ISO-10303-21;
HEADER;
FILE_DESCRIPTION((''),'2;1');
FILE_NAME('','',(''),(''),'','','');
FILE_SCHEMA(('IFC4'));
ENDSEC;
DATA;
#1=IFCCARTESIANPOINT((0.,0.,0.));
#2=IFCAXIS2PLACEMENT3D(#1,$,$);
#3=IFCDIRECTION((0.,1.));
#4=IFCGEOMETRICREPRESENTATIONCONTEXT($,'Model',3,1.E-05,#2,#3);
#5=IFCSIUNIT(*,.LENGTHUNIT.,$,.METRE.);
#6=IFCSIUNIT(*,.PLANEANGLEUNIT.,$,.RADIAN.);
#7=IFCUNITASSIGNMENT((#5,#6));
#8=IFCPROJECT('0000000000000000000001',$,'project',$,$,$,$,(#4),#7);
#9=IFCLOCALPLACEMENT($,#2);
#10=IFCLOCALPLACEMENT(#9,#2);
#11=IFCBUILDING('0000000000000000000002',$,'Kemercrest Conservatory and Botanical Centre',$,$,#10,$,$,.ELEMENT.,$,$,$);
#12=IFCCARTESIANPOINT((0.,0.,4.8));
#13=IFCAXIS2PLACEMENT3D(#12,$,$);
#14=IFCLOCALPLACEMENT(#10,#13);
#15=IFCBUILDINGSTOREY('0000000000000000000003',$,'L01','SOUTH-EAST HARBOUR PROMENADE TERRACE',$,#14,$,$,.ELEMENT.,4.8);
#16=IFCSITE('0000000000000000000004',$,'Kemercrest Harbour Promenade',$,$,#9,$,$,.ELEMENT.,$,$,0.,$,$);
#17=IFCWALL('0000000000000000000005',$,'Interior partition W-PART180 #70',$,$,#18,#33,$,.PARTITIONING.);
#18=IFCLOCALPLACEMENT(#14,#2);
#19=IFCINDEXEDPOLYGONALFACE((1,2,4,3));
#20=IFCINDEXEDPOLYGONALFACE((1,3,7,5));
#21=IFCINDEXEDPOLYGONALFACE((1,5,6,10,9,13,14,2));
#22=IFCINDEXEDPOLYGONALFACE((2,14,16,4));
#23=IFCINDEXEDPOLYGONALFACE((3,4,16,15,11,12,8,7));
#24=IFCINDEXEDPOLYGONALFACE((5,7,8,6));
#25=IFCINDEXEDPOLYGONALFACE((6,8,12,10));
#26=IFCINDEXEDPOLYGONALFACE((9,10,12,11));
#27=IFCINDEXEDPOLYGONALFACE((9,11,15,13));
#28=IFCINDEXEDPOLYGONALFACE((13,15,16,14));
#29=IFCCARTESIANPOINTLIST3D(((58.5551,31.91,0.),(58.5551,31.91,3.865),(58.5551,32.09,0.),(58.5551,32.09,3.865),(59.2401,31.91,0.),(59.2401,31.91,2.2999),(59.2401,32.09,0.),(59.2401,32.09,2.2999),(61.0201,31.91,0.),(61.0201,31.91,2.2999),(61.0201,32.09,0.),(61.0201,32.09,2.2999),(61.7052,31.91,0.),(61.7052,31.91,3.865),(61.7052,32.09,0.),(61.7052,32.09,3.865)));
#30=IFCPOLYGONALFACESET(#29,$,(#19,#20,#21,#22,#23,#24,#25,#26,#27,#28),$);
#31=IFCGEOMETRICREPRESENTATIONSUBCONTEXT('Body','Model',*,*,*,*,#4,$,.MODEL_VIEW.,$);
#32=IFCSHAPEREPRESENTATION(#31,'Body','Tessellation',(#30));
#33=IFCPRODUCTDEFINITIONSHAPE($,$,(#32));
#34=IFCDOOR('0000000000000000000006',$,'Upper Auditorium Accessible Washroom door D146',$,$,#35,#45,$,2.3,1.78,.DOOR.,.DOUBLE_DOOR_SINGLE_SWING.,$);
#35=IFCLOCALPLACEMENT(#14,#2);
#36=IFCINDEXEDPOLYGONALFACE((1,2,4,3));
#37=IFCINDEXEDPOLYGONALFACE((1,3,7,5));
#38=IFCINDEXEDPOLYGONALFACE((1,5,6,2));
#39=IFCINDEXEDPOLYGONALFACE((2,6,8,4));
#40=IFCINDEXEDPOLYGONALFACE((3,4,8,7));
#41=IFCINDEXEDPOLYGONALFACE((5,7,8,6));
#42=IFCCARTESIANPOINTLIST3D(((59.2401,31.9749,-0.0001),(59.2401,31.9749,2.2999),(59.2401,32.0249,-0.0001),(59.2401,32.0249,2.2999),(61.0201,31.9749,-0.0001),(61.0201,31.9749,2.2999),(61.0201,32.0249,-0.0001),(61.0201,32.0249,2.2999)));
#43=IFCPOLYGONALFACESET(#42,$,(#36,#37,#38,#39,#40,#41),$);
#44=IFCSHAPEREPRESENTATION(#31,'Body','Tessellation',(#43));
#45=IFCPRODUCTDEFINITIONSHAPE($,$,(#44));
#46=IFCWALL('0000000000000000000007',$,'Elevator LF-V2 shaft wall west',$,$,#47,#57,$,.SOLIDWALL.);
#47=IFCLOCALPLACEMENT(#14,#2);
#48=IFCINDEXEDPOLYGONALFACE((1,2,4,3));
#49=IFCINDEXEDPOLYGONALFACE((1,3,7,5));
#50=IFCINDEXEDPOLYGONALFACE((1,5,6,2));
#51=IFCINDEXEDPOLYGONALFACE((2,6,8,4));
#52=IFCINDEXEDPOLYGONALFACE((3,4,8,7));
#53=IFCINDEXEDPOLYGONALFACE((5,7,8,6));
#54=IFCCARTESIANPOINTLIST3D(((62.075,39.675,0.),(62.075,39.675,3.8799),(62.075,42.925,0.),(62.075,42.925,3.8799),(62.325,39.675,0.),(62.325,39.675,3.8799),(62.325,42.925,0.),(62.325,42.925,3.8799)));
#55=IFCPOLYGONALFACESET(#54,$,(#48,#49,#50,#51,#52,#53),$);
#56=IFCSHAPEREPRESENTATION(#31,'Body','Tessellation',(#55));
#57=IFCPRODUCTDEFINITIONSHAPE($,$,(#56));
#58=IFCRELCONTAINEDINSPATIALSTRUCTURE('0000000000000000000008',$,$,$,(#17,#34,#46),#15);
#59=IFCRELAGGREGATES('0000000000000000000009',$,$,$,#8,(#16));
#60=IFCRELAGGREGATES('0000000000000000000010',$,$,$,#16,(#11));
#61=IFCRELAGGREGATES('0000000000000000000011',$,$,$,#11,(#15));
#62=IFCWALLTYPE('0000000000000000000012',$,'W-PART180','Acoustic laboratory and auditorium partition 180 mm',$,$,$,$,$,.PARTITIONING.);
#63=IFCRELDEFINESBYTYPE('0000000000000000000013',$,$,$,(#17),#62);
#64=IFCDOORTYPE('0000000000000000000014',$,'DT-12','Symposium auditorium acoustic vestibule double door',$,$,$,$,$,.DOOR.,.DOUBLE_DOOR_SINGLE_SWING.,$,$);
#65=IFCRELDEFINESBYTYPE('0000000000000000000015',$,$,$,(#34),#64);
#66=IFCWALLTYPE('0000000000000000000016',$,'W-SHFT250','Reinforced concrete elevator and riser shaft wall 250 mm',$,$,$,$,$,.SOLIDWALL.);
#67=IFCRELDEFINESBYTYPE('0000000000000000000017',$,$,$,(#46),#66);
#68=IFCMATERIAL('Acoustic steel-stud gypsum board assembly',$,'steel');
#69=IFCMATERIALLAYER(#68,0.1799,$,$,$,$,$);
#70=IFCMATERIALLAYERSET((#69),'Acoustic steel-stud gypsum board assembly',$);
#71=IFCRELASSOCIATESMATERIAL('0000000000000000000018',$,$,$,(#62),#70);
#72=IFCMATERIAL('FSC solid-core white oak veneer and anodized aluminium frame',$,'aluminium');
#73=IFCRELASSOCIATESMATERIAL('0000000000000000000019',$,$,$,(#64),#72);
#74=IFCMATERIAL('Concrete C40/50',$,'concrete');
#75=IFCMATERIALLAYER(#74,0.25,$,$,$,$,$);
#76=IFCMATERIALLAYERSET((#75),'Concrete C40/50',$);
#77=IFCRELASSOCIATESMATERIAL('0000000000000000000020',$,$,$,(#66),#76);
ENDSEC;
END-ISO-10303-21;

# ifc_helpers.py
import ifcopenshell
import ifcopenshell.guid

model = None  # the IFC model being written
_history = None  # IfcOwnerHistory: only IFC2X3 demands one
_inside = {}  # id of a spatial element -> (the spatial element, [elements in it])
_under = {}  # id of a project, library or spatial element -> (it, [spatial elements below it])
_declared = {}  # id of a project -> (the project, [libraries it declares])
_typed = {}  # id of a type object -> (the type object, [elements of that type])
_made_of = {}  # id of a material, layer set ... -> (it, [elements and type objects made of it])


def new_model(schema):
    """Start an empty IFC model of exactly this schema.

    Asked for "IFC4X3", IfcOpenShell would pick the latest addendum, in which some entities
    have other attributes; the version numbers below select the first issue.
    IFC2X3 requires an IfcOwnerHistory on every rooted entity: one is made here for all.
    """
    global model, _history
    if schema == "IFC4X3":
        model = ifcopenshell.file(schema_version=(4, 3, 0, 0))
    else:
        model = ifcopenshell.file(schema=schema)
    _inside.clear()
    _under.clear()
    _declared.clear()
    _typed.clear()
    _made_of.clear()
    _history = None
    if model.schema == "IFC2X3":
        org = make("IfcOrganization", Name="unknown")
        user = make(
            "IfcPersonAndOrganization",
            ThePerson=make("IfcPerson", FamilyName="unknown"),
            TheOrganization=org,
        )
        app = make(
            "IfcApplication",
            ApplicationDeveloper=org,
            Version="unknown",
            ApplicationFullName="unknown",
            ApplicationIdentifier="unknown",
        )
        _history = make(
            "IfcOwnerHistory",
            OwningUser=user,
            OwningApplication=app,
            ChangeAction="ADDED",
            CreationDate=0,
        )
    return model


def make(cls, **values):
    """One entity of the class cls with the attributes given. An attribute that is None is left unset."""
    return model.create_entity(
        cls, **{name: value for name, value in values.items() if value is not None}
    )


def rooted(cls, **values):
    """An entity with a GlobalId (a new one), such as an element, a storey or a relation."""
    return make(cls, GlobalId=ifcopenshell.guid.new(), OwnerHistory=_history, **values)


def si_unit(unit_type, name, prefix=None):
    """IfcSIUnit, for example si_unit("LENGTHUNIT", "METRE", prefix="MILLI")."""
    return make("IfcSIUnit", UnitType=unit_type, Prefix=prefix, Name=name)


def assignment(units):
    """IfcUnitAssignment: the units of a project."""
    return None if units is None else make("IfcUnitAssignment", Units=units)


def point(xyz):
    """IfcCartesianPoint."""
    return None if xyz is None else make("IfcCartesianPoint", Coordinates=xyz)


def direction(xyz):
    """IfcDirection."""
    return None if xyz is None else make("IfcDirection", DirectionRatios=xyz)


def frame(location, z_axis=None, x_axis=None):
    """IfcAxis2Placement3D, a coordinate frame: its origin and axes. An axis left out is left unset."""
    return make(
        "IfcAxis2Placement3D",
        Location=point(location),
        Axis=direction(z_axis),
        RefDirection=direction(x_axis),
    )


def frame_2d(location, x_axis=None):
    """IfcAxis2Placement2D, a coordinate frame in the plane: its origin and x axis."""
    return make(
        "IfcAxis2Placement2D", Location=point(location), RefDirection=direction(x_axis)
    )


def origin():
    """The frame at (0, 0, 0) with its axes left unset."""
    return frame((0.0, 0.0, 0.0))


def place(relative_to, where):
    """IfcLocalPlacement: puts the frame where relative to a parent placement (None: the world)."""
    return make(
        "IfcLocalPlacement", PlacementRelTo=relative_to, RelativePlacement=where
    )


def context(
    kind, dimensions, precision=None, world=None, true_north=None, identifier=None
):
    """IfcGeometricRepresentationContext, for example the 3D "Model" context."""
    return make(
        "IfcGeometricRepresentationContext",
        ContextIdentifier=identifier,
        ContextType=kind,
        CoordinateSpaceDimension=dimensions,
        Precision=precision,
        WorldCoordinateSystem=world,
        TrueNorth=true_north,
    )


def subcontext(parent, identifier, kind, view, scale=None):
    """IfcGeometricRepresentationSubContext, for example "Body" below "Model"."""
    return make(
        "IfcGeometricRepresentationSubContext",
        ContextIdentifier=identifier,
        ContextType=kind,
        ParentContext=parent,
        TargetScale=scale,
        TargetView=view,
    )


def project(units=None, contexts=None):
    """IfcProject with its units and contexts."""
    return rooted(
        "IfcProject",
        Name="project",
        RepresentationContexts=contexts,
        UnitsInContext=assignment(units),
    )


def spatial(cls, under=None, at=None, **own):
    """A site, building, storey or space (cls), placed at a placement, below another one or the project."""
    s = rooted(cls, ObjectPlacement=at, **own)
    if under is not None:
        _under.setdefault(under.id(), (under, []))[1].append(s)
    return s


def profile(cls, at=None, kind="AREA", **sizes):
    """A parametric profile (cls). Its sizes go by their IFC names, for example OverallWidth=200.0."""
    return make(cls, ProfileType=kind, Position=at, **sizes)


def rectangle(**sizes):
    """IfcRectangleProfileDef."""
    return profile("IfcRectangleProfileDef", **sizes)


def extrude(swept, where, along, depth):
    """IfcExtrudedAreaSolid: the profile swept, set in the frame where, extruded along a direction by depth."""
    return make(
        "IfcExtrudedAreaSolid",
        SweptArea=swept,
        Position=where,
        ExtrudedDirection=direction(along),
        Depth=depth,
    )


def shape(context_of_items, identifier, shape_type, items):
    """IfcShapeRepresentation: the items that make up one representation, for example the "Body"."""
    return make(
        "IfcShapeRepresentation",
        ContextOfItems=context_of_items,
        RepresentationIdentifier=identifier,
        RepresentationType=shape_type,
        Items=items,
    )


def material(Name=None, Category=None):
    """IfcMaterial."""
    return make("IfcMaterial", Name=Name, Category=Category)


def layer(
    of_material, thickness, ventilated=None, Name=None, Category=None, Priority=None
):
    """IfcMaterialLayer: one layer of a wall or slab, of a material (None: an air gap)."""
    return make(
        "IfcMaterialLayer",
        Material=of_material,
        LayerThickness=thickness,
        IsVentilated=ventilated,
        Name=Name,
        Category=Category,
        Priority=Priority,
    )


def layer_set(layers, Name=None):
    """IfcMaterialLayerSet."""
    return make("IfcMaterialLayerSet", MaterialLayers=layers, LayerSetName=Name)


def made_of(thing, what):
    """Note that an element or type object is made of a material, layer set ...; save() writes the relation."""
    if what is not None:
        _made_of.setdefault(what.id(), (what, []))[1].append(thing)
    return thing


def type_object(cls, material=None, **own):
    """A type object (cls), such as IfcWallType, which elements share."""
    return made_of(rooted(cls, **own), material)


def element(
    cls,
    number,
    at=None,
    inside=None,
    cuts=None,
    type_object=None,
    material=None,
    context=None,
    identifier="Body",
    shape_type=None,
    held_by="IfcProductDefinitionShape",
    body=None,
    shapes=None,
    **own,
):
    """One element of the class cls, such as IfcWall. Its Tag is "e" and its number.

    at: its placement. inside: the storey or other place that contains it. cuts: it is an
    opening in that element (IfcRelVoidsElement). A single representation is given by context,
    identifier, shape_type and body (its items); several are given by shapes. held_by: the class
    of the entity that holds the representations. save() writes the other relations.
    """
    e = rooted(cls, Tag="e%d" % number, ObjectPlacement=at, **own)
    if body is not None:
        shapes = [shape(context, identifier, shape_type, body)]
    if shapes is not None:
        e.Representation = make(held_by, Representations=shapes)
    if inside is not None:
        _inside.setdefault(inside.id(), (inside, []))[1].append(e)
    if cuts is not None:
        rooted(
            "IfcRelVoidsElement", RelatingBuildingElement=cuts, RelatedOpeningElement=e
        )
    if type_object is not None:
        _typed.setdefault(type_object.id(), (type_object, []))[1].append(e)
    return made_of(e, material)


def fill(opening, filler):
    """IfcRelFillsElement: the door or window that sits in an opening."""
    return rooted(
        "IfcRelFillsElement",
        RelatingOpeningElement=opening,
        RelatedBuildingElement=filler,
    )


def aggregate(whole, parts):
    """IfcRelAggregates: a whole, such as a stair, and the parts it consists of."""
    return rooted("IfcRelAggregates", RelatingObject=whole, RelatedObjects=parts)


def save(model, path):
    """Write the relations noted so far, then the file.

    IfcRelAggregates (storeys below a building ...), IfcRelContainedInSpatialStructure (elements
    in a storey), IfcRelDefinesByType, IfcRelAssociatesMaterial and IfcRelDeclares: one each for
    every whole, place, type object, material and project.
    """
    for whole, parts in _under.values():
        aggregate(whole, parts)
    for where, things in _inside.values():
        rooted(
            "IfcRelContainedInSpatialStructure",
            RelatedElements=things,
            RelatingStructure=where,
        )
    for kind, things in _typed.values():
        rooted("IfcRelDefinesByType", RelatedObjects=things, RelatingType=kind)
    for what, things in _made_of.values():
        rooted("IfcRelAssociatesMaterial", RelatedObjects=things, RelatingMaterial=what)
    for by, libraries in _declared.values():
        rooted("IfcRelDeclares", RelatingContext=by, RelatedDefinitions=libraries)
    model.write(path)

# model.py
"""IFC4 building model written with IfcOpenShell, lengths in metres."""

from ifc_helpers import new_model, si_unit, direction, frame, frame_2d, origin, place, context, subcontext, project, spatial, rectangle, extrude, material, layer, layer_set, type_object, element, fill, save


model = new_model("IFC4")

# Units and contexts
model_context = context("Model", 3, precision=1e-05, world=origin(), true_north=direction((0.0, 1.0)))
body_context = subcontext(model_context, "Body", "Model", "MODEL_VIEW")
ifc_project = project(units=[si_unit("LENGTHUNIT", "METRE"), si_unit("PLANEANGLEUNIT", "RADIAN")], contexts=[model_context])

# Site, building, storey
site_placement = place(None, origin())
site = spatial("IfcSite", under=ifc_project, at=site_placement, Name="Kemercrest Harbour Promenade", CompositionType="ELEMENT", RefElevation=0.0)
building_placement = place(site_placement, origin())
building = spatial("IfcBuilding", under=site, at=building_placement, Name="Kemercrest Conservatory and Botanical Centre", CompositionType="ELEMENT")
storey_placement = place(building_placement, frame((0.0, 0.0, 4.8)))
storey = spatial("IfcBuildingStorey", under=building, at=storey_placement, Name="L01", Description="SOUTH-EAST HARBOUR PROMENADE TERRACE", CompositionType="ELEMENT", Elevation=4.8)

# Shared definitions
ifc_material_1 = material(Name="Concrete C40/50", Category="concrete")

# Wall, opening, door
ifc_material_2 = material(Name="Acoustic steel-stud gypsum board assembly", Category="steel")
ifc_layer_1 = layer(ifc_material_2, 0.1799)
ifc_layer_set_1 = layer_set([ifc_layer_1], Name="Acoustic steel-stud gypsum board assembly")
wall_type_1 = type_object("IfcWallType", Name="W-PART180", Description="Acoustic laboratory and auditorium partition 180 mm", PredefinedType="PARTITIONING", material=ifc_layer_set_1)
ifc_material_3 = material(Name="FSC solid-core white oak veneer and anodized aluminium frame", Category="aluminium")
door_type = type_object("IfcDoorType", Name="DT-12", Description="Symposium auditorium acoustic vestibule double door", OperationType="DOUBLE_DOOR_SINGLE_SWING", PredefinedType="DOOR", material=ifc_material_3)
wall_1_placement = place(storey_placement, frame((58.5549, 32.0, 0.0), z_axis=(0.0, 0.0, 1.0), x_axis=(1.0, 0.0, 0.0)))
wall_1 = element("IfcWall", 1, at=wall_1_placement, inside=storey, type_object=wall_type_1, Name="Interior partition W-PART180 #70", PredefinedType="PARTITIONING", context=body_context, shape_type="SweptSolid", body=[
    extrude(rectangle(XDim=3.1501, YDim=0.1799, at=frame_2d((1.5752, 0.0))), origin(), (0.0, 0.0, 1.0), 3.865),
])
opening_1_placement = place(wall_1_placement, frame((0.6851, 0.0, 0.0)))
opening_1 = element("IfcOpeningElement", 2, at=opening_1_placement, cuts=wall_1, PredefinedType="OPENING", context=body_context, shape_type="SweptSolid", body=[
    extrude(rectangle(XDim=1.78, YDim=2.3, at=frame_2d((0.8901, 1.1499))), frame((0.0, 0.1001, 0.0), z_axis=(0.0, -1.0, 0.0), x_axis=(1.0, 0.0, 0.0)), (0.0, 0.0, 1.0), 0.2),
])
door_1_placement = place(opening_1_placement, origin())
door_1 = element("IfcDoor", 3, at=door_1_placement, inside=storey, type_object=door_type, Name="Upper Auditorium Accessible Washroom door D146", OperationType="DOUBLE_DOOR_SINGLE_SWING", OverallHeight=2.3, OverallWidth=1.78, PredefinedType="DOOR", context=body_context, shape_type="SweptSolid", body=[
    extrude(rectangle(XDim=1.78, YDim=2.3, at=frame_2d((0.8901, 1.1499))), frame((0.0, 0.0249, 0.0), z_axis=(0.0, -1.0, 0.0), x_axis=(1.0, 0.0, 0.0)), (0.0, 0.0, 1.0), 0.05),
])
fill(opening_1, door_1)

# Wall
ifc_layer_2 = layer(ifc_material_1, 0.25)
ifc_layer_set_2 = layer_set([ifc_layer_2], Name="Concrete C40/50")
wall_type_2 = type_object("IfcWallType", Name="W-SHFT250", Description="Reinforced concrete elevator and riser shaft wall 250 mm", PredefinedType="SOLIDWALL", material=ifc_layer_set_2)
wall_2_placement = place(storey_placement, frame((62.2, 39.675, 0.0), z_axis=(0.0, 0.0, 1.0), x_axis=(0.0, 1.0, 0.0)))
element("IfcWall", 4, at=wall_2_placement, inside=storey, type_object=wall_type_2, Name="Elevator LF-V2 shaft wall west", PredefinedType="SOLIDWALL", context=body_context, shape_type="SweptSolid", body=[
    extrude(rectangle(XDim=3.25, YDim=0.25, at=frame_2d((1.625, 0.0))), origin(), (0.0, 0.0, 1.0), 3.8799),
])

save(model, "model.ifc")
